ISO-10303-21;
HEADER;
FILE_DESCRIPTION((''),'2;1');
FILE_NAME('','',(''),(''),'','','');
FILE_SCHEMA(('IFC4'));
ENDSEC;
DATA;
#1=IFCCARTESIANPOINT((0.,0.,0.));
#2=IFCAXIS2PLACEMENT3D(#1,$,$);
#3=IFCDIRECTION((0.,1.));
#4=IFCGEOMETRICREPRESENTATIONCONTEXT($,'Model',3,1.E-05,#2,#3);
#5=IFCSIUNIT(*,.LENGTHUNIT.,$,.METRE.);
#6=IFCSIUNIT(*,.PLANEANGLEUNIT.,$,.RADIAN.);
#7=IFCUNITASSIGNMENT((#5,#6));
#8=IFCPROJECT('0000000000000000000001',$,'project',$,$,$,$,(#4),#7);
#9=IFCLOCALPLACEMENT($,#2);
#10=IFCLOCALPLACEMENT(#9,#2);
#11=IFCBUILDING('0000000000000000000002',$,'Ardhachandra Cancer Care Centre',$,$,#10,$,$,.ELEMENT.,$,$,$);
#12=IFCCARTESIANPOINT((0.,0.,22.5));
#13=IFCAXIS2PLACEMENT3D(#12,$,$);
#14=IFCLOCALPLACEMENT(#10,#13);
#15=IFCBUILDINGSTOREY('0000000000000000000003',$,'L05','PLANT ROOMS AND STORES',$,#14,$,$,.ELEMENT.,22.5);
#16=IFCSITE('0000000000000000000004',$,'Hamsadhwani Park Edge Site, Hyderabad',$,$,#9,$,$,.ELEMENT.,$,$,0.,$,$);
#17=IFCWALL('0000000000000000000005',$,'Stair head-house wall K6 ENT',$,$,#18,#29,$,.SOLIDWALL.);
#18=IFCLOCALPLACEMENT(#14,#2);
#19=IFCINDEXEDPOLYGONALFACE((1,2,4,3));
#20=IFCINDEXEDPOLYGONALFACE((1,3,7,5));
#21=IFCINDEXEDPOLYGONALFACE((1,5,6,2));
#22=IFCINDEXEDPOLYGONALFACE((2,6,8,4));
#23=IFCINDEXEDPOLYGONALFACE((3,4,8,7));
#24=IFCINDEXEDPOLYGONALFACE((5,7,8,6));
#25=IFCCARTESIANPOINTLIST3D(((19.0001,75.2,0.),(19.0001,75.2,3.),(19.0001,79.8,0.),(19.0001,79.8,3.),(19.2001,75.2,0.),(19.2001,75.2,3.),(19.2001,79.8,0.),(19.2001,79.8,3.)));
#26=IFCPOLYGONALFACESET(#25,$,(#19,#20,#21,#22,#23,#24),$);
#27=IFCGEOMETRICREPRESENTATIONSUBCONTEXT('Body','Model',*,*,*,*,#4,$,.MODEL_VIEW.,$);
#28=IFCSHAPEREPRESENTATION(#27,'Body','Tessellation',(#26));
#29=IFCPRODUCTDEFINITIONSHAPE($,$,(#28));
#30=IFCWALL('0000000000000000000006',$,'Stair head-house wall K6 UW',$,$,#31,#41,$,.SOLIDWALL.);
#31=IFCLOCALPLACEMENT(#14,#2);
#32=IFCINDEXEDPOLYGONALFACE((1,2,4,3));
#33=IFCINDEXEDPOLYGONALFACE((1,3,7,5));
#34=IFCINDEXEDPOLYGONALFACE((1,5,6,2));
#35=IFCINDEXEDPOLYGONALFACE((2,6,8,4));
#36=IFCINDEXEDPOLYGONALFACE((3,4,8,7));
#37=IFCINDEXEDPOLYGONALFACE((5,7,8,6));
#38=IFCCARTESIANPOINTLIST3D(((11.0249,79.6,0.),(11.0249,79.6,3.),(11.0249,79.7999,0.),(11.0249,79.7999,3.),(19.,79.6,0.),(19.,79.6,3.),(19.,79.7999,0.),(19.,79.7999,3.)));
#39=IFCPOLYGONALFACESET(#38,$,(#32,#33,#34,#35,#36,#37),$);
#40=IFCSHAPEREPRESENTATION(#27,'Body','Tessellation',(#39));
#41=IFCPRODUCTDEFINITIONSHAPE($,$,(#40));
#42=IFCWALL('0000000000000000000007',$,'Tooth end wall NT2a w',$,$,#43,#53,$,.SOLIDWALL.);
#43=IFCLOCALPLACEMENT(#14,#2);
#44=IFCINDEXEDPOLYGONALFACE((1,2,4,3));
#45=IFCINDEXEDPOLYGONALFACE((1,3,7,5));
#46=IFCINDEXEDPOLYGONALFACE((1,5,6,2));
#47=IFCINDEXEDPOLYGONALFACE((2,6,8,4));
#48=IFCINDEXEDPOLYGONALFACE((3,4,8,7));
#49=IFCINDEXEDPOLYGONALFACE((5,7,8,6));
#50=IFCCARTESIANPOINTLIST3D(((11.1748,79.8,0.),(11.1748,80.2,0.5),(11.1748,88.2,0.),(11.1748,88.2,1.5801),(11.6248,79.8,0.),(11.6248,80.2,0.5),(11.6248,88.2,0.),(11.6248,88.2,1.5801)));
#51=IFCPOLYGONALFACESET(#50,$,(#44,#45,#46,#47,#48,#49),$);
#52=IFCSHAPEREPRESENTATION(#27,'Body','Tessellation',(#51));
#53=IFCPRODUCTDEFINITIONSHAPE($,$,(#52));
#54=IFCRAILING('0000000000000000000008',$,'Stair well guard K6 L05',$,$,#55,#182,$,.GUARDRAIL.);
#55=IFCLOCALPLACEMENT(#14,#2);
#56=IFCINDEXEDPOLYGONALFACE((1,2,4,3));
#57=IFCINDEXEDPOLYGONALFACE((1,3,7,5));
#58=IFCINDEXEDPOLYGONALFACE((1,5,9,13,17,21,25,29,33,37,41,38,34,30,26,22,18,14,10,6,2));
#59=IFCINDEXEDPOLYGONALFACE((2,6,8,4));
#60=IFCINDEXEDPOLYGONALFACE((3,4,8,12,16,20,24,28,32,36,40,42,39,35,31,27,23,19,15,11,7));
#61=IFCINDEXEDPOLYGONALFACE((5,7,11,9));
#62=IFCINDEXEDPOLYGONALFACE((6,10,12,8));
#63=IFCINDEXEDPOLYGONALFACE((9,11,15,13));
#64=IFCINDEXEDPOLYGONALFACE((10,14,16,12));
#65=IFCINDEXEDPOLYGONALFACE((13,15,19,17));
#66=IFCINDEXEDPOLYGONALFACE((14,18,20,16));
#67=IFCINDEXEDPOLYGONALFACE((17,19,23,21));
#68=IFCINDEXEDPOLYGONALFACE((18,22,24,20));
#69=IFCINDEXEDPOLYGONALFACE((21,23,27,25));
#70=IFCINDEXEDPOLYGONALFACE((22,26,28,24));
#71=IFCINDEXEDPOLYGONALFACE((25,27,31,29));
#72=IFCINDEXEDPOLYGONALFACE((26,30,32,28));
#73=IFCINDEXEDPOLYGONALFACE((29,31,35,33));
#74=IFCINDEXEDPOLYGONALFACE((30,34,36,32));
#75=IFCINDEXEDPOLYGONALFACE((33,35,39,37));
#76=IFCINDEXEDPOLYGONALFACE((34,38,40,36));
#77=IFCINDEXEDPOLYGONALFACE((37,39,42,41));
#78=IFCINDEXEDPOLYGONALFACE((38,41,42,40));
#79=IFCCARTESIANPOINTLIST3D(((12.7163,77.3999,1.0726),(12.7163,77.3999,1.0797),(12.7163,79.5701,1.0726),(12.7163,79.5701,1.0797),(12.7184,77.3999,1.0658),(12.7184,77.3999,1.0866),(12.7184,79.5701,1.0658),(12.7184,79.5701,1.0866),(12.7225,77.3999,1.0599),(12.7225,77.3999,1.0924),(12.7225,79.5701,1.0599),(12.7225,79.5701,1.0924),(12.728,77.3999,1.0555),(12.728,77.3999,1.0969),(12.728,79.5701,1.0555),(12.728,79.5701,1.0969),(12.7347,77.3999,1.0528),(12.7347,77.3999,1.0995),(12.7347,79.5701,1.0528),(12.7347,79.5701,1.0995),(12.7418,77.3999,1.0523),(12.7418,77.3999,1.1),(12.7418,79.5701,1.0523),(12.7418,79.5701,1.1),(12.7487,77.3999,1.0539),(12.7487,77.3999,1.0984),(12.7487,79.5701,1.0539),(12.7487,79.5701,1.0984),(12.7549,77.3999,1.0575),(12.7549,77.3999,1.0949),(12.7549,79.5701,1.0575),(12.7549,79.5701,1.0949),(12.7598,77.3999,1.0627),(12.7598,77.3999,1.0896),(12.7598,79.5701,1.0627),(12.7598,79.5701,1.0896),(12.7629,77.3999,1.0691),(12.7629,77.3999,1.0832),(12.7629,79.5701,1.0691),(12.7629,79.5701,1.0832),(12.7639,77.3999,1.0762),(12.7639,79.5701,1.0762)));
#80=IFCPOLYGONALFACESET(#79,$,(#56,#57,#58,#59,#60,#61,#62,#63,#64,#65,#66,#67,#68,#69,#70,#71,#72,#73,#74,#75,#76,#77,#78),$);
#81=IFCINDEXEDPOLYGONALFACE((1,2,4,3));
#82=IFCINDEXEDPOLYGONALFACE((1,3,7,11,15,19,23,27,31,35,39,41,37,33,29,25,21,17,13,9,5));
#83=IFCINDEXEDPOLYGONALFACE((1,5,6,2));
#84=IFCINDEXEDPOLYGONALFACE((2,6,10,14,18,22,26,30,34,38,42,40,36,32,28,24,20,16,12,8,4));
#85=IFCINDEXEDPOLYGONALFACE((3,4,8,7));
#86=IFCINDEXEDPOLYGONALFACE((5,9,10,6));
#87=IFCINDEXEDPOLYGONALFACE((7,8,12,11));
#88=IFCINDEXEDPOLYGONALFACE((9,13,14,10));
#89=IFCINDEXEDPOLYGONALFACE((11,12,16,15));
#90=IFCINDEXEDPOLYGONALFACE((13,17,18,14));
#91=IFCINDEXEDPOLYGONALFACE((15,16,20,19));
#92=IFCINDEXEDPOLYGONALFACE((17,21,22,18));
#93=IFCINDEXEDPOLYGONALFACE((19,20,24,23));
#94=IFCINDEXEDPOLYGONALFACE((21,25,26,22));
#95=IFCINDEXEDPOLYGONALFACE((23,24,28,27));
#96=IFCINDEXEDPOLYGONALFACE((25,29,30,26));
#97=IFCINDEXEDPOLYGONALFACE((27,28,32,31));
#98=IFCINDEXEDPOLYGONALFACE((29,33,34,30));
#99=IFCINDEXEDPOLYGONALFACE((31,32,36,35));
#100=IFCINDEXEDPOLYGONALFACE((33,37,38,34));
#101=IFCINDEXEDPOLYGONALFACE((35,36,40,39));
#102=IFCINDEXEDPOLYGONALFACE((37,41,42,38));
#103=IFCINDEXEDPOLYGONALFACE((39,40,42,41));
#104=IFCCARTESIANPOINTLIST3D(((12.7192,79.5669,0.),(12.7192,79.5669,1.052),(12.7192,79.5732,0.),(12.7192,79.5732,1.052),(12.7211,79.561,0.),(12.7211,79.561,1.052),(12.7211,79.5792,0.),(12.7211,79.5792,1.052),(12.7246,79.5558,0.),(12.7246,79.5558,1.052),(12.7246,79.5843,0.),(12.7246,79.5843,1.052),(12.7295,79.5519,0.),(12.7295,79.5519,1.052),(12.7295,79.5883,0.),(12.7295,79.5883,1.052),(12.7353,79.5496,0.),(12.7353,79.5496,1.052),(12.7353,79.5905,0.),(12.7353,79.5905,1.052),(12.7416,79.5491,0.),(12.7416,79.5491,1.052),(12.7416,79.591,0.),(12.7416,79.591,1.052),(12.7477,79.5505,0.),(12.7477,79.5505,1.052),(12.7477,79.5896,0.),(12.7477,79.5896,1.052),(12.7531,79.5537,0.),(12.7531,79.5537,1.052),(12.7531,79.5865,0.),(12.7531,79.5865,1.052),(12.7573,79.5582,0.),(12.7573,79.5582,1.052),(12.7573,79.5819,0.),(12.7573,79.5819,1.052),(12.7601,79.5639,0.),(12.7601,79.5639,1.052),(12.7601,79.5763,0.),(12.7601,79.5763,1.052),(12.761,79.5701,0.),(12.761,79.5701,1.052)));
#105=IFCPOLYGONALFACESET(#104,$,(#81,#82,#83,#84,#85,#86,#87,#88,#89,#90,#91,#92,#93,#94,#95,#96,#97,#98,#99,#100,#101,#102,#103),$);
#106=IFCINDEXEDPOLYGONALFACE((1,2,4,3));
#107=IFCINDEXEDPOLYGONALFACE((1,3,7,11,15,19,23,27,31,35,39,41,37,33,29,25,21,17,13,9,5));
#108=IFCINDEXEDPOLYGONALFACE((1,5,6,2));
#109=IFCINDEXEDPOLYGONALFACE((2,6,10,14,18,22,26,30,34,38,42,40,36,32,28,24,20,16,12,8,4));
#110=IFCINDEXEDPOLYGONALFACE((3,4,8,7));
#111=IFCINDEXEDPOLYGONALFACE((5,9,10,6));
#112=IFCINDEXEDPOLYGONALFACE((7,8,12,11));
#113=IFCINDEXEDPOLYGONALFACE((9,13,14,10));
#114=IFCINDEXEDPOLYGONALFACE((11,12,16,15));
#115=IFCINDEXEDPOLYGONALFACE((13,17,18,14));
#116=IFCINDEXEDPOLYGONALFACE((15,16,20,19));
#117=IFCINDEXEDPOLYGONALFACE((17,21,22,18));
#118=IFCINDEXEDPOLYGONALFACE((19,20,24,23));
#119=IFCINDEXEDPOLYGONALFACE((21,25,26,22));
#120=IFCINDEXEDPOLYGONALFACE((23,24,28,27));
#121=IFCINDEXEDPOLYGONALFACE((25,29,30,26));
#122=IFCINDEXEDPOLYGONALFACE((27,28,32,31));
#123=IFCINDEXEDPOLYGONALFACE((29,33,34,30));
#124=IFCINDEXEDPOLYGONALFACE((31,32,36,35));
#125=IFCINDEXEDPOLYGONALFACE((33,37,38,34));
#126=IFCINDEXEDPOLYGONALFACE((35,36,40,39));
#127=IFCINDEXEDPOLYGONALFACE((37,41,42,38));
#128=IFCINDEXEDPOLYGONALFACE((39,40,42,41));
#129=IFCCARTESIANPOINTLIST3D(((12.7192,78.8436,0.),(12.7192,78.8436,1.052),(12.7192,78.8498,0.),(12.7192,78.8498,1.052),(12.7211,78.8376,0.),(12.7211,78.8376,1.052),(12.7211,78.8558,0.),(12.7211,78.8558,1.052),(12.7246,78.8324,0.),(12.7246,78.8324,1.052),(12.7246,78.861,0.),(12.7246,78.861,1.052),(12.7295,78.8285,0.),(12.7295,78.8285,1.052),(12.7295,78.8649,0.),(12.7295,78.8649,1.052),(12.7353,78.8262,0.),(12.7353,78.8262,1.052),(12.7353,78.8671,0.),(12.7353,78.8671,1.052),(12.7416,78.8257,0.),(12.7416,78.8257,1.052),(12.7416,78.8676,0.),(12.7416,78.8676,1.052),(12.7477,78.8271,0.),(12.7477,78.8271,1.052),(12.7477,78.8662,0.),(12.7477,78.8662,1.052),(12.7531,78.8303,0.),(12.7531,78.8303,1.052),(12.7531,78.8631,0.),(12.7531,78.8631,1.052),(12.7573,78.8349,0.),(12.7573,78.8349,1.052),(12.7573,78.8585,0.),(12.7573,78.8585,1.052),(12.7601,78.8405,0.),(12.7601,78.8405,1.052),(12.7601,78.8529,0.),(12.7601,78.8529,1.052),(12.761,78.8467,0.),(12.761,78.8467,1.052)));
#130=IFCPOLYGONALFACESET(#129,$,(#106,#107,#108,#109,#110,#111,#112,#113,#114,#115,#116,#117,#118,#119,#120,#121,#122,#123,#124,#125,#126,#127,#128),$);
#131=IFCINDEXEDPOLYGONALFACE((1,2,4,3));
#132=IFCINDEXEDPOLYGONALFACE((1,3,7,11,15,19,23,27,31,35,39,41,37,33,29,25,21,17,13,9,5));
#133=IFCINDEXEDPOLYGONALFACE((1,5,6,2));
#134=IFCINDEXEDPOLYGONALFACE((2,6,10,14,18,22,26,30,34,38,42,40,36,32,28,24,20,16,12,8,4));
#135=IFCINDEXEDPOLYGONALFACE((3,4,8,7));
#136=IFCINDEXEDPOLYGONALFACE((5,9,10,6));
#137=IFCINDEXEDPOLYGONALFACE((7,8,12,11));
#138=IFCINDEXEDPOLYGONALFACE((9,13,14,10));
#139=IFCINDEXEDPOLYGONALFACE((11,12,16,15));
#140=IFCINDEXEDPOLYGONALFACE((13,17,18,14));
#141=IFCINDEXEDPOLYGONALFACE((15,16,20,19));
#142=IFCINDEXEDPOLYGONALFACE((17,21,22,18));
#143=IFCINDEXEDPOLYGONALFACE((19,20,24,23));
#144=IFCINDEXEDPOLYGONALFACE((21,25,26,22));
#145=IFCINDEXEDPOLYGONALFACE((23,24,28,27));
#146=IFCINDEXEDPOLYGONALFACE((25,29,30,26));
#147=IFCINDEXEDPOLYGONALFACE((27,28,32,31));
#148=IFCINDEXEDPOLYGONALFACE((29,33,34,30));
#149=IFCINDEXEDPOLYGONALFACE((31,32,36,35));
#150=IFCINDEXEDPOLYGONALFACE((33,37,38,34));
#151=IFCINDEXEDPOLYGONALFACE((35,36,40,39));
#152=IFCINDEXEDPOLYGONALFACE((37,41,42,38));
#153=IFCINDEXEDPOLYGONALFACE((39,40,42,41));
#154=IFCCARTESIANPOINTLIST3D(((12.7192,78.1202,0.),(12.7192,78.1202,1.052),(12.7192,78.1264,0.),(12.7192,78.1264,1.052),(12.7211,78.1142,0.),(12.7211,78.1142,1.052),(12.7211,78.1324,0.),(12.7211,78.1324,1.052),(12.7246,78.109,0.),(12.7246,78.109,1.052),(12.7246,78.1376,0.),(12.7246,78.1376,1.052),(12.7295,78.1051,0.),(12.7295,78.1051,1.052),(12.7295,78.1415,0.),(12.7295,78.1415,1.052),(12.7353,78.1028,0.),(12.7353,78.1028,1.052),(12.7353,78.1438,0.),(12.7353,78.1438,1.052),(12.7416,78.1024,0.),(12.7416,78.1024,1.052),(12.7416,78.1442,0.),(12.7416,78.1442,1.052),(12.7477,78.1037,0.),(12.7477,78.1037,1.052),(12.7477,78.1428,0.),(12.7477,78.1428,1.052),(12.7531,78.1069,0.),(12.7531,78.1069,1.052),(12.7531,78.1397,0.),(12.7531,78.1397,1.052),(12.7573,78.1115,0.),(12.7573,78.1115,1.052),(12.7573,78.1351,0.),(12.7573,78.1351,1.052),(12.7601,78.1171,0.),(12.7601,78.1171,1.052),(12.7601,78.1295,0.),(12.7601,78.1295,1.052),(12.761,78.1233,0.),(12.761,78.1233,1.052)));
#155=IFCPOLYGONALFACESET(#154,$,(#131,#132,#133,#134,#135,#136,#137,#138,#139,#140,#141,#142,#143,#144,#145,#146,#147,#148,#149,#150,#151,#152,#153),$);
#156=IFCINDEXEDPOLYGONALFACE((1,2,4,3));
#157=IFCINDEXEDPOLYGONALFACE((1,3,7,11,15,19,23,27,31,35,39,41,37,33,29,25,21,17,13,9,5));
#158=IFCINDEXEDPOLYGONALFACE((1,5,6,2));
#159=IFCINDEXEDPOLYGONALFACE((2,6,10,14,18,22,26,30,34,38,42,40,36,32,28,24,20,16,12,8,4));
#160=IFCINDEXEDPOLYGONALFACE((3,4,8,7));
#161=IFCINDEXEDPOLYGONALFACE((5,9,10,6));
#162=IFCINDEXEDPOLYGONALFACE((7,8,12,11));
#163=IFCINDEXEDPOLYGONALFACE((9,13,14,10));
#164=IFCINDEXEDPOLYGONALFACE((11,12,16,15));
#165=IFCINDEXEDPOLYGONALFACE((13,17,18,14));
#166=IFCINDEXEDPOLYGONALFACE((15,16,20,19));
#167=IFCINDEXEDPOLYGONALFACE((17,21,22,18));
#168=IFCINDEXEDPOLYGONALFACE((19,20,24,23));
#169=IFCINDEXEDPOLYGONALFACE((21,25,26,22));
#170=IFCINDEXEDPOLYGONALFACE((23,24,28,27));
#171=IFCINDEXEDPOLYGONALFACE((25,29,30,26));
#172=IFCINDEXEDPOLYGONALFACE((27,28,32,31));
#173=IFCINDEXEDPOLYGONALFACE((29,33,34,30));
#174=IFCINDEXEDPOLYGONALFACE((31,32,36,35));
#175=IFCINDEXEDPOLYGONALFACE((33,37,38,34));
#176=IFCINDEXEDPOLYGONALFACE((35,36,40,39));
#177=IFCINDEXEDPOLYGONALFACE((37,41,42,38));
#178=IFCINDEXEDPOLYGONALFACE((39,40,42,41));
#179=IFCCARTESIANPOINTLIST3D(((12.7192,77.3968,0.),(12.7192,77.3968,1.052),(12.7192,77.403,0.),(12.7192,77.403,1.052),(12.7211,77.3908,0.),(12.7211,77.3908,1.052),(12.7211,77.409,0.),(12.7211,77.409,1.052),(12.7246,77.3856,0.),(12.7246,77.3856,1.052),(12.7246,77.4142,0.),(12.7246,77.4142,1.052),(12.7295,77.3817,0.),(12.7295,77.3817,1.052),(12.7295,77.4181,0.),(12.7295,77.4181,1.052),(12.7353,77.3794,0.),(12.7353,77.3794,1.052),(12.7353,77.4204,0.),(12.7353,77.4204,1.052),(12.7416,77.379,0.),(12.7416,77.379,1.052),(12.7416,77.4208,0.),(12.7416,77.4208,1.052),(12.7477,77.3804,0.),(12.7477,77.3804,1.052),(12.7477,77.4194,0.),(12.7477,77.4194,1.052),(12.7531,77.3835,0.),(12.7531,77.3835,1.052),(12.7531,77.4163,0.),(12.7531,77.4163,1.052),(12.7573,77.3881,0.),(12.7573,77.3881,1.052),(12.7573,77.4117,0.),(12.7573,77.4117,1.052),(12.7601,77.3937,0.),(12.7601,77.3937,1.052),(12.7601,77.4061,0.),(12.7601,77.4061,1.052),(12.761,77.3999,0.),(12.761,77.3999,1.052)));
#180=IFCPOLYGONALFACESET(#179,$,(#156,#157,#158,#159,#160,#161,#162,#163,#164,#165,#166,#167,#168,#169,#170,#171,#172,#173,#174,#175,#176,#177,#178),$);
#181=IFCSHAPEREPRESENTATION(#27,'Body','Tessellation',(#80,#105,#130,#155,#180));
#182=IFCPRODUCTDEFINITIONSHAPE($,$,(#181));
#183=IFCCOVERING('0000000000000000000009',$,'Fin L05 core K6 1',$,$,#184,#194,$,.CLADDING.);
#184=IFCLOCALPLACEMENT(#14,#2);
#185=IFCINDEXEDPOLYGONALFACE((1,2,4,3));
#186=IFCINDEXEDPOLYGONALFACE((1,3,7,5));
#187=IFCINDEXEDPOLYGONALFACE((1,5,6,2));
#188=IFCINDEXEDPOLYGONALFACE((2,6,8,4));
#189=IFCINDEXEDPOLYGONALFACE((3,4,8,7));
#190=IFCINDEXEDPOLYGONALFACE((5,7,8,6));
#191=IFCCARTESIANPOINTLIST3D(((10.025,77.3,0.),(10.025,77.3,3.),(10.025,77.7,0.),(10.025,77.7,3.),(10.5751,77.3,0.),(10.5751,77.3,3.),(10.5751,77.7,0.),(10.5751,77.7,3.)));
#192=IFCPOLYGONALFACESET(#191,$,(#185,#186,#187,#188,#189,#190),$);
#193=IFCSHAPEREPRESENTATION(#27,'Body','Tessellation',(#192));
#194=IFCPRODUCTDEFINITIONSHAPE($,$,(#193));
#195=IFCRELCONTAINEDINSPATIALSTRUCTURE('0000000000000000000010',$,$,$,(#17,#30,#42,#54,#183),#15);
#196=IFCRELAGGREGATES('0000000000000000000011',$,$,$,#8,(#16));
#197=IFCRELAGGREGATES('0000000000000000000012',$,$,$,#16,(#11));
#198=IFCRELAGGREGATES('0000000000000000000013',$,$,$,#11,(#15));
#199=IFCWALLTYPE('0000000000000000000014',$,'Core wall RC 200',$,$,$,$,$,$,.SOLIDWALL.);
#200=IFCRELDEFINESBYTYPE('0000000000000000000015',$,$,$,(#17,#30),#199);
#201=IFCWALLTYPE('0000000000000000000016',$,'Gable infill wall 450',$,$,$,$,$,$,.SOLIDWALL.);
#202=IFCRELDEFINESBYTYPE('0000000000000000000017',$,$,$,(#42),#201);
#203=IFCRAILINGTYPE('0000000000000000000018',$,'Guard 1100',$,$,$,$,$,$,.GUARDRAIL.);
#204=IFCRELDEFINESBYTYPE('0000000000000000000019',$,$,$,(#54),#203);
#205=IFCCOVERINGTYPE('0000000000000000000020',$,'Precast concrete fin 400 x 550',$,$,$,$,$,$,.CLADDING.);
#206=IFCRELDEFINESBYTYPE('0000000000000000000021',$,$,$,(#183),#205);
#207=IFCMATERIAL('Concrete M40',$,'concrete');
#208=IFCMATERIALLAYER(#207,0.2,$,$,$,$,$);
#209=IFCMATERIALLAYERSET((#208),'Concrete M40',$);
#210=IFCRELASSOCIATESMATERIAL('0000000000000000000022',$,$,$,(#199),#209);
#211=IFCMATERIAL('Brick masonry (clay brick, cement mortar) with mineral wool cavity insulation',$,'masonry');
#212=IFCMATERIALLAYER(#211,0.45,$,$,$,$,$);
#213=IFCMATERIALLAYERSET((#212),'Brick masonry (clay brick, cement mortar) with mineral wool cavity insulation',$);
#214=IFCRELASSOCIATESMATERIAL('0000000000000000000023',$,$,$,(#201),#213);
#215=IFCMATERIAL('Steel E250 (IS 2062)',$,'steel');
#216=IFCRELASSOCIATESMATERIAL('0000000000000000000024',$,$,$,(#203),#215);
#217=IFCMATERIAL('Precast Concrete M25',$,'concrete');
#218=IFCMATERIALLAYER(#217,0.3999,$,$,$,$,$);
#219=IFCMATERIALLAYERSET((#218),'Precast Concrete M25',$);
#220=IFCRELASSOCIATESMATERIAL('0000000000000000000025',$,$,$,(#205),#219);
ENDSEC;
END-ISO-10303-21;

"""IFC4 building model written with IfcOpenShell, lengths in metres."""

from ifc_helpers import new_model, si_unit, direction, frame, frame_2d, origin, origin_2d, place, context, subcontext, project, spatial, polyline, rectangle, circle, outline, extrude, material, layer, layer_set, type_object, element, save


model = new_model("IFC4")

# Units and contexts
model_context = context("Model", 3, precision=1e-05, world=origin(), true_north=direction((0.0, 1.0)))
body_context = subcontext(model_context, "Body", "Model", "MODEL_VIEW")
ifc_project = project(units=[si_unit("LENGTHUNIT", "METRE"), si_unit("PLANEANGLEUNIT", "RADIAN")], contexts=[model_context])

# Site, building, storey
site_placement = place(None, origin())
site = spatial("IfcSite", under=ifc_project, at=site_placement, Name="Hamsadhwani Park Edge Site, Hyderabad", CompositionType="ELEMENT", RefElevation=0.0)
building_placement = place(site_placement, origin())
building = spatial("IfcBuilding", under=site, at=building_placement, Name="Ardhachandra Cancer Care Centre", CompositionType="ELEMENT")
storey_placement = place(building_placement, frame((0.0, 0.0, 22.5)))
storey = spatial("IfcBuildingStorey", under=building, at=storey_placement, Name="L05", Description="PLANT ROOMS AND STORES", CompositionType="ELEMENT", Elevation=22.5)

# Walls
ifc_material_1 = material(Name="Concrete M40", Category="concrete")
ifc_layer_1 = layer(ifc_material_1, 0.2)
ifc_layer_set_1 = layer_set([ifc_layer_1], Name="Concrete M40")
wall_type_1 = type_object("IfcWallType", Name="Core wall RC 200", PredefinedType="SOLIDWALL", material=ifc_layer_set_1)
wall_1_placement = place(storey_placement, frame((19.1001, 79.8, 0.0), z_axis=(0.0, 0.0, 1.0), x_axis=(0.0, -1.0, 0.0)))
element("IfcWall", 1, at=wall_1_placement, inside=storey, type_object=wall_type_1, Name="Stair head-house wall K6 ENT", PredefinedType="SOLIDWALL", context=body_context, shape_type="SweptSolid", body=[
    extrude(rectangle(XDim=4.6001, YDim=0.2, at=frame_2d((2.3, 0.0))), origin(), (0.0, 0.0, 1.0), 3.0),
])
wall_2_placement = place(storey_placement, frame((19.0, 79.7, 0.0), z_axis=(0.0, 0.0, 1.0), x_axis=(-1.0, 0.0, 0.0)))
element("IfcWall", 2, at=wall_2_placement, inside=storey, type_object=wall_type_1, Name="Stair head-house wall K6 UW", PredefinedType="SOLIDWALL", context=body_context, shape_type="SweptSolid", body=[
    extrude(rectangle(XDim=7.9751, YDim=0.2, at=frame_2d((3.9875, 0.0))), origin(), (0.0, 0.0, 1.0), 3.0),
])
ifc_material_2 = material(Name="Brick masonry (clay brick, cement mortar) with mineral wool cavity insulation", Category="masonry")
ifc_layer_2 = layer(ifc_material_2, 0.45)
ifc_layer_set_2 = layer_set([ifc_layer_2], Name="Brick masonry (clay brick, cement mortar) with mineral wool cavity insulation")
wall_type_2 = type_object("IfcWallType", Name="Gable infill wall 450", PredefinedType="SOLIDWALL", material=ifc_layer_set_2)
wall_3_placement = place(storey_placement, frame((11.3999, 79.8, 0.0), z_axis=(0.0, 0.0, 1.0), x_axis=(0.0, 1.0, 0.0)))
element("IfcWall", 3, at=wall_3_placement, inside=storey, type_object=wall_type_2, Name="Tooth end wall NT2a w", PredefinedType="SOLIDWALL", context=body_context, shape_type="SweptSolid", body=[
    extrude(outline(polyline([(0.0, 0.0), (8.3999, 0.0), (8.3999, 1.5801), (0.3999, 0.5), (0.0, 0.0)])), frame((0.0, 0.2251, 0.0), z_axis=(0.0, -1.0, 0.0), x_axis=(1.0, 0.0, 0.0)), (0.0, 0.0, 1.0), 0.45),
])

# Railing
ifc_material_3 = material(Name="Steel E250 (IS 2062)", Category="steel")
railing_type = type_object("IfcRailingType", Name="Guard 1100", PredefinedType="GUARDRAIL", material=ifc_material_3)
railing_placement = place(storey_placement, frame((12.74, 79.5701, 0.0)))
element("IfcRailing", 4, at=railing_placement, inside=storey, type_object=railing_type, Name="Stair well guard K6 L05", PredefinedType="GUARDRAIL", context=body_context, shape_type="SweptSolid", body=[
    extrude(circle(Radius=0.0239, at=origin_2d()), frame((0.0, 0.0, 1.0762), z_axis=(0.0, -1.0, 0.0), x_axis=(1.0, 0.0, 0.0)), (0.0, 0.0, 1.0), 2.1702),
    extrude(circle(Radius=0.021, at=origin_2d()), origin(), (0.0, 0.0, 1.0), 1.052),
    extrude(circle(Radius=0.021, at=origin_2d()), frame((0.0, -0.7234, 0.0)), (0.0, 0.0, 1.0), 1.052),
    extrude(circle(Radius=0.021, at=origin_2d()), frame((0.0, -1.4468, 0.0)), (0.0, 0.0, 1.0), 1.052),
    extrude(circle(Radius=0.021, at=origin_2d()), frame((0.0, -2.1702, 0.0)), (0.0, 0.0, 1.0), 1.052),
])

# Covering
ifc_material_4 = material(Name="Precast Concrete M25", Category="concrete")
ifc_layer_3 = layer(ifc_material_4, 0.3999)
ifc_layer_set_3 = layer_set([ifc_layer_3], Name="Precast Concrete M25")
covering_type = type_object("IfcCoveringType", Name="Precast concrete fin 400 x 550", PredefinedType="CLADDING", material=ifc_layer_set_3)
covering_placement = place(storey_placement, frame((10.3, 77.5, 0.0), z_axis=(0.0, 0.0, 1.0), x_axis=(0.0, 1.0, 0.0)))
element("IfcCovering", 5, at=covering_placement, inside=storey, type_object=covering_type, Name="Fin L05 core K6 1", PredefinedType="CLADDING", context=body_context, shape_type="SweptSolid", body=[
    extrude(rectangle(XDim=0.3999, YDim=0.55, at=origin_2d()), origin(), (0.0, 0.0, 1.0), 3.0),
])

save(model, "model.ifc")
